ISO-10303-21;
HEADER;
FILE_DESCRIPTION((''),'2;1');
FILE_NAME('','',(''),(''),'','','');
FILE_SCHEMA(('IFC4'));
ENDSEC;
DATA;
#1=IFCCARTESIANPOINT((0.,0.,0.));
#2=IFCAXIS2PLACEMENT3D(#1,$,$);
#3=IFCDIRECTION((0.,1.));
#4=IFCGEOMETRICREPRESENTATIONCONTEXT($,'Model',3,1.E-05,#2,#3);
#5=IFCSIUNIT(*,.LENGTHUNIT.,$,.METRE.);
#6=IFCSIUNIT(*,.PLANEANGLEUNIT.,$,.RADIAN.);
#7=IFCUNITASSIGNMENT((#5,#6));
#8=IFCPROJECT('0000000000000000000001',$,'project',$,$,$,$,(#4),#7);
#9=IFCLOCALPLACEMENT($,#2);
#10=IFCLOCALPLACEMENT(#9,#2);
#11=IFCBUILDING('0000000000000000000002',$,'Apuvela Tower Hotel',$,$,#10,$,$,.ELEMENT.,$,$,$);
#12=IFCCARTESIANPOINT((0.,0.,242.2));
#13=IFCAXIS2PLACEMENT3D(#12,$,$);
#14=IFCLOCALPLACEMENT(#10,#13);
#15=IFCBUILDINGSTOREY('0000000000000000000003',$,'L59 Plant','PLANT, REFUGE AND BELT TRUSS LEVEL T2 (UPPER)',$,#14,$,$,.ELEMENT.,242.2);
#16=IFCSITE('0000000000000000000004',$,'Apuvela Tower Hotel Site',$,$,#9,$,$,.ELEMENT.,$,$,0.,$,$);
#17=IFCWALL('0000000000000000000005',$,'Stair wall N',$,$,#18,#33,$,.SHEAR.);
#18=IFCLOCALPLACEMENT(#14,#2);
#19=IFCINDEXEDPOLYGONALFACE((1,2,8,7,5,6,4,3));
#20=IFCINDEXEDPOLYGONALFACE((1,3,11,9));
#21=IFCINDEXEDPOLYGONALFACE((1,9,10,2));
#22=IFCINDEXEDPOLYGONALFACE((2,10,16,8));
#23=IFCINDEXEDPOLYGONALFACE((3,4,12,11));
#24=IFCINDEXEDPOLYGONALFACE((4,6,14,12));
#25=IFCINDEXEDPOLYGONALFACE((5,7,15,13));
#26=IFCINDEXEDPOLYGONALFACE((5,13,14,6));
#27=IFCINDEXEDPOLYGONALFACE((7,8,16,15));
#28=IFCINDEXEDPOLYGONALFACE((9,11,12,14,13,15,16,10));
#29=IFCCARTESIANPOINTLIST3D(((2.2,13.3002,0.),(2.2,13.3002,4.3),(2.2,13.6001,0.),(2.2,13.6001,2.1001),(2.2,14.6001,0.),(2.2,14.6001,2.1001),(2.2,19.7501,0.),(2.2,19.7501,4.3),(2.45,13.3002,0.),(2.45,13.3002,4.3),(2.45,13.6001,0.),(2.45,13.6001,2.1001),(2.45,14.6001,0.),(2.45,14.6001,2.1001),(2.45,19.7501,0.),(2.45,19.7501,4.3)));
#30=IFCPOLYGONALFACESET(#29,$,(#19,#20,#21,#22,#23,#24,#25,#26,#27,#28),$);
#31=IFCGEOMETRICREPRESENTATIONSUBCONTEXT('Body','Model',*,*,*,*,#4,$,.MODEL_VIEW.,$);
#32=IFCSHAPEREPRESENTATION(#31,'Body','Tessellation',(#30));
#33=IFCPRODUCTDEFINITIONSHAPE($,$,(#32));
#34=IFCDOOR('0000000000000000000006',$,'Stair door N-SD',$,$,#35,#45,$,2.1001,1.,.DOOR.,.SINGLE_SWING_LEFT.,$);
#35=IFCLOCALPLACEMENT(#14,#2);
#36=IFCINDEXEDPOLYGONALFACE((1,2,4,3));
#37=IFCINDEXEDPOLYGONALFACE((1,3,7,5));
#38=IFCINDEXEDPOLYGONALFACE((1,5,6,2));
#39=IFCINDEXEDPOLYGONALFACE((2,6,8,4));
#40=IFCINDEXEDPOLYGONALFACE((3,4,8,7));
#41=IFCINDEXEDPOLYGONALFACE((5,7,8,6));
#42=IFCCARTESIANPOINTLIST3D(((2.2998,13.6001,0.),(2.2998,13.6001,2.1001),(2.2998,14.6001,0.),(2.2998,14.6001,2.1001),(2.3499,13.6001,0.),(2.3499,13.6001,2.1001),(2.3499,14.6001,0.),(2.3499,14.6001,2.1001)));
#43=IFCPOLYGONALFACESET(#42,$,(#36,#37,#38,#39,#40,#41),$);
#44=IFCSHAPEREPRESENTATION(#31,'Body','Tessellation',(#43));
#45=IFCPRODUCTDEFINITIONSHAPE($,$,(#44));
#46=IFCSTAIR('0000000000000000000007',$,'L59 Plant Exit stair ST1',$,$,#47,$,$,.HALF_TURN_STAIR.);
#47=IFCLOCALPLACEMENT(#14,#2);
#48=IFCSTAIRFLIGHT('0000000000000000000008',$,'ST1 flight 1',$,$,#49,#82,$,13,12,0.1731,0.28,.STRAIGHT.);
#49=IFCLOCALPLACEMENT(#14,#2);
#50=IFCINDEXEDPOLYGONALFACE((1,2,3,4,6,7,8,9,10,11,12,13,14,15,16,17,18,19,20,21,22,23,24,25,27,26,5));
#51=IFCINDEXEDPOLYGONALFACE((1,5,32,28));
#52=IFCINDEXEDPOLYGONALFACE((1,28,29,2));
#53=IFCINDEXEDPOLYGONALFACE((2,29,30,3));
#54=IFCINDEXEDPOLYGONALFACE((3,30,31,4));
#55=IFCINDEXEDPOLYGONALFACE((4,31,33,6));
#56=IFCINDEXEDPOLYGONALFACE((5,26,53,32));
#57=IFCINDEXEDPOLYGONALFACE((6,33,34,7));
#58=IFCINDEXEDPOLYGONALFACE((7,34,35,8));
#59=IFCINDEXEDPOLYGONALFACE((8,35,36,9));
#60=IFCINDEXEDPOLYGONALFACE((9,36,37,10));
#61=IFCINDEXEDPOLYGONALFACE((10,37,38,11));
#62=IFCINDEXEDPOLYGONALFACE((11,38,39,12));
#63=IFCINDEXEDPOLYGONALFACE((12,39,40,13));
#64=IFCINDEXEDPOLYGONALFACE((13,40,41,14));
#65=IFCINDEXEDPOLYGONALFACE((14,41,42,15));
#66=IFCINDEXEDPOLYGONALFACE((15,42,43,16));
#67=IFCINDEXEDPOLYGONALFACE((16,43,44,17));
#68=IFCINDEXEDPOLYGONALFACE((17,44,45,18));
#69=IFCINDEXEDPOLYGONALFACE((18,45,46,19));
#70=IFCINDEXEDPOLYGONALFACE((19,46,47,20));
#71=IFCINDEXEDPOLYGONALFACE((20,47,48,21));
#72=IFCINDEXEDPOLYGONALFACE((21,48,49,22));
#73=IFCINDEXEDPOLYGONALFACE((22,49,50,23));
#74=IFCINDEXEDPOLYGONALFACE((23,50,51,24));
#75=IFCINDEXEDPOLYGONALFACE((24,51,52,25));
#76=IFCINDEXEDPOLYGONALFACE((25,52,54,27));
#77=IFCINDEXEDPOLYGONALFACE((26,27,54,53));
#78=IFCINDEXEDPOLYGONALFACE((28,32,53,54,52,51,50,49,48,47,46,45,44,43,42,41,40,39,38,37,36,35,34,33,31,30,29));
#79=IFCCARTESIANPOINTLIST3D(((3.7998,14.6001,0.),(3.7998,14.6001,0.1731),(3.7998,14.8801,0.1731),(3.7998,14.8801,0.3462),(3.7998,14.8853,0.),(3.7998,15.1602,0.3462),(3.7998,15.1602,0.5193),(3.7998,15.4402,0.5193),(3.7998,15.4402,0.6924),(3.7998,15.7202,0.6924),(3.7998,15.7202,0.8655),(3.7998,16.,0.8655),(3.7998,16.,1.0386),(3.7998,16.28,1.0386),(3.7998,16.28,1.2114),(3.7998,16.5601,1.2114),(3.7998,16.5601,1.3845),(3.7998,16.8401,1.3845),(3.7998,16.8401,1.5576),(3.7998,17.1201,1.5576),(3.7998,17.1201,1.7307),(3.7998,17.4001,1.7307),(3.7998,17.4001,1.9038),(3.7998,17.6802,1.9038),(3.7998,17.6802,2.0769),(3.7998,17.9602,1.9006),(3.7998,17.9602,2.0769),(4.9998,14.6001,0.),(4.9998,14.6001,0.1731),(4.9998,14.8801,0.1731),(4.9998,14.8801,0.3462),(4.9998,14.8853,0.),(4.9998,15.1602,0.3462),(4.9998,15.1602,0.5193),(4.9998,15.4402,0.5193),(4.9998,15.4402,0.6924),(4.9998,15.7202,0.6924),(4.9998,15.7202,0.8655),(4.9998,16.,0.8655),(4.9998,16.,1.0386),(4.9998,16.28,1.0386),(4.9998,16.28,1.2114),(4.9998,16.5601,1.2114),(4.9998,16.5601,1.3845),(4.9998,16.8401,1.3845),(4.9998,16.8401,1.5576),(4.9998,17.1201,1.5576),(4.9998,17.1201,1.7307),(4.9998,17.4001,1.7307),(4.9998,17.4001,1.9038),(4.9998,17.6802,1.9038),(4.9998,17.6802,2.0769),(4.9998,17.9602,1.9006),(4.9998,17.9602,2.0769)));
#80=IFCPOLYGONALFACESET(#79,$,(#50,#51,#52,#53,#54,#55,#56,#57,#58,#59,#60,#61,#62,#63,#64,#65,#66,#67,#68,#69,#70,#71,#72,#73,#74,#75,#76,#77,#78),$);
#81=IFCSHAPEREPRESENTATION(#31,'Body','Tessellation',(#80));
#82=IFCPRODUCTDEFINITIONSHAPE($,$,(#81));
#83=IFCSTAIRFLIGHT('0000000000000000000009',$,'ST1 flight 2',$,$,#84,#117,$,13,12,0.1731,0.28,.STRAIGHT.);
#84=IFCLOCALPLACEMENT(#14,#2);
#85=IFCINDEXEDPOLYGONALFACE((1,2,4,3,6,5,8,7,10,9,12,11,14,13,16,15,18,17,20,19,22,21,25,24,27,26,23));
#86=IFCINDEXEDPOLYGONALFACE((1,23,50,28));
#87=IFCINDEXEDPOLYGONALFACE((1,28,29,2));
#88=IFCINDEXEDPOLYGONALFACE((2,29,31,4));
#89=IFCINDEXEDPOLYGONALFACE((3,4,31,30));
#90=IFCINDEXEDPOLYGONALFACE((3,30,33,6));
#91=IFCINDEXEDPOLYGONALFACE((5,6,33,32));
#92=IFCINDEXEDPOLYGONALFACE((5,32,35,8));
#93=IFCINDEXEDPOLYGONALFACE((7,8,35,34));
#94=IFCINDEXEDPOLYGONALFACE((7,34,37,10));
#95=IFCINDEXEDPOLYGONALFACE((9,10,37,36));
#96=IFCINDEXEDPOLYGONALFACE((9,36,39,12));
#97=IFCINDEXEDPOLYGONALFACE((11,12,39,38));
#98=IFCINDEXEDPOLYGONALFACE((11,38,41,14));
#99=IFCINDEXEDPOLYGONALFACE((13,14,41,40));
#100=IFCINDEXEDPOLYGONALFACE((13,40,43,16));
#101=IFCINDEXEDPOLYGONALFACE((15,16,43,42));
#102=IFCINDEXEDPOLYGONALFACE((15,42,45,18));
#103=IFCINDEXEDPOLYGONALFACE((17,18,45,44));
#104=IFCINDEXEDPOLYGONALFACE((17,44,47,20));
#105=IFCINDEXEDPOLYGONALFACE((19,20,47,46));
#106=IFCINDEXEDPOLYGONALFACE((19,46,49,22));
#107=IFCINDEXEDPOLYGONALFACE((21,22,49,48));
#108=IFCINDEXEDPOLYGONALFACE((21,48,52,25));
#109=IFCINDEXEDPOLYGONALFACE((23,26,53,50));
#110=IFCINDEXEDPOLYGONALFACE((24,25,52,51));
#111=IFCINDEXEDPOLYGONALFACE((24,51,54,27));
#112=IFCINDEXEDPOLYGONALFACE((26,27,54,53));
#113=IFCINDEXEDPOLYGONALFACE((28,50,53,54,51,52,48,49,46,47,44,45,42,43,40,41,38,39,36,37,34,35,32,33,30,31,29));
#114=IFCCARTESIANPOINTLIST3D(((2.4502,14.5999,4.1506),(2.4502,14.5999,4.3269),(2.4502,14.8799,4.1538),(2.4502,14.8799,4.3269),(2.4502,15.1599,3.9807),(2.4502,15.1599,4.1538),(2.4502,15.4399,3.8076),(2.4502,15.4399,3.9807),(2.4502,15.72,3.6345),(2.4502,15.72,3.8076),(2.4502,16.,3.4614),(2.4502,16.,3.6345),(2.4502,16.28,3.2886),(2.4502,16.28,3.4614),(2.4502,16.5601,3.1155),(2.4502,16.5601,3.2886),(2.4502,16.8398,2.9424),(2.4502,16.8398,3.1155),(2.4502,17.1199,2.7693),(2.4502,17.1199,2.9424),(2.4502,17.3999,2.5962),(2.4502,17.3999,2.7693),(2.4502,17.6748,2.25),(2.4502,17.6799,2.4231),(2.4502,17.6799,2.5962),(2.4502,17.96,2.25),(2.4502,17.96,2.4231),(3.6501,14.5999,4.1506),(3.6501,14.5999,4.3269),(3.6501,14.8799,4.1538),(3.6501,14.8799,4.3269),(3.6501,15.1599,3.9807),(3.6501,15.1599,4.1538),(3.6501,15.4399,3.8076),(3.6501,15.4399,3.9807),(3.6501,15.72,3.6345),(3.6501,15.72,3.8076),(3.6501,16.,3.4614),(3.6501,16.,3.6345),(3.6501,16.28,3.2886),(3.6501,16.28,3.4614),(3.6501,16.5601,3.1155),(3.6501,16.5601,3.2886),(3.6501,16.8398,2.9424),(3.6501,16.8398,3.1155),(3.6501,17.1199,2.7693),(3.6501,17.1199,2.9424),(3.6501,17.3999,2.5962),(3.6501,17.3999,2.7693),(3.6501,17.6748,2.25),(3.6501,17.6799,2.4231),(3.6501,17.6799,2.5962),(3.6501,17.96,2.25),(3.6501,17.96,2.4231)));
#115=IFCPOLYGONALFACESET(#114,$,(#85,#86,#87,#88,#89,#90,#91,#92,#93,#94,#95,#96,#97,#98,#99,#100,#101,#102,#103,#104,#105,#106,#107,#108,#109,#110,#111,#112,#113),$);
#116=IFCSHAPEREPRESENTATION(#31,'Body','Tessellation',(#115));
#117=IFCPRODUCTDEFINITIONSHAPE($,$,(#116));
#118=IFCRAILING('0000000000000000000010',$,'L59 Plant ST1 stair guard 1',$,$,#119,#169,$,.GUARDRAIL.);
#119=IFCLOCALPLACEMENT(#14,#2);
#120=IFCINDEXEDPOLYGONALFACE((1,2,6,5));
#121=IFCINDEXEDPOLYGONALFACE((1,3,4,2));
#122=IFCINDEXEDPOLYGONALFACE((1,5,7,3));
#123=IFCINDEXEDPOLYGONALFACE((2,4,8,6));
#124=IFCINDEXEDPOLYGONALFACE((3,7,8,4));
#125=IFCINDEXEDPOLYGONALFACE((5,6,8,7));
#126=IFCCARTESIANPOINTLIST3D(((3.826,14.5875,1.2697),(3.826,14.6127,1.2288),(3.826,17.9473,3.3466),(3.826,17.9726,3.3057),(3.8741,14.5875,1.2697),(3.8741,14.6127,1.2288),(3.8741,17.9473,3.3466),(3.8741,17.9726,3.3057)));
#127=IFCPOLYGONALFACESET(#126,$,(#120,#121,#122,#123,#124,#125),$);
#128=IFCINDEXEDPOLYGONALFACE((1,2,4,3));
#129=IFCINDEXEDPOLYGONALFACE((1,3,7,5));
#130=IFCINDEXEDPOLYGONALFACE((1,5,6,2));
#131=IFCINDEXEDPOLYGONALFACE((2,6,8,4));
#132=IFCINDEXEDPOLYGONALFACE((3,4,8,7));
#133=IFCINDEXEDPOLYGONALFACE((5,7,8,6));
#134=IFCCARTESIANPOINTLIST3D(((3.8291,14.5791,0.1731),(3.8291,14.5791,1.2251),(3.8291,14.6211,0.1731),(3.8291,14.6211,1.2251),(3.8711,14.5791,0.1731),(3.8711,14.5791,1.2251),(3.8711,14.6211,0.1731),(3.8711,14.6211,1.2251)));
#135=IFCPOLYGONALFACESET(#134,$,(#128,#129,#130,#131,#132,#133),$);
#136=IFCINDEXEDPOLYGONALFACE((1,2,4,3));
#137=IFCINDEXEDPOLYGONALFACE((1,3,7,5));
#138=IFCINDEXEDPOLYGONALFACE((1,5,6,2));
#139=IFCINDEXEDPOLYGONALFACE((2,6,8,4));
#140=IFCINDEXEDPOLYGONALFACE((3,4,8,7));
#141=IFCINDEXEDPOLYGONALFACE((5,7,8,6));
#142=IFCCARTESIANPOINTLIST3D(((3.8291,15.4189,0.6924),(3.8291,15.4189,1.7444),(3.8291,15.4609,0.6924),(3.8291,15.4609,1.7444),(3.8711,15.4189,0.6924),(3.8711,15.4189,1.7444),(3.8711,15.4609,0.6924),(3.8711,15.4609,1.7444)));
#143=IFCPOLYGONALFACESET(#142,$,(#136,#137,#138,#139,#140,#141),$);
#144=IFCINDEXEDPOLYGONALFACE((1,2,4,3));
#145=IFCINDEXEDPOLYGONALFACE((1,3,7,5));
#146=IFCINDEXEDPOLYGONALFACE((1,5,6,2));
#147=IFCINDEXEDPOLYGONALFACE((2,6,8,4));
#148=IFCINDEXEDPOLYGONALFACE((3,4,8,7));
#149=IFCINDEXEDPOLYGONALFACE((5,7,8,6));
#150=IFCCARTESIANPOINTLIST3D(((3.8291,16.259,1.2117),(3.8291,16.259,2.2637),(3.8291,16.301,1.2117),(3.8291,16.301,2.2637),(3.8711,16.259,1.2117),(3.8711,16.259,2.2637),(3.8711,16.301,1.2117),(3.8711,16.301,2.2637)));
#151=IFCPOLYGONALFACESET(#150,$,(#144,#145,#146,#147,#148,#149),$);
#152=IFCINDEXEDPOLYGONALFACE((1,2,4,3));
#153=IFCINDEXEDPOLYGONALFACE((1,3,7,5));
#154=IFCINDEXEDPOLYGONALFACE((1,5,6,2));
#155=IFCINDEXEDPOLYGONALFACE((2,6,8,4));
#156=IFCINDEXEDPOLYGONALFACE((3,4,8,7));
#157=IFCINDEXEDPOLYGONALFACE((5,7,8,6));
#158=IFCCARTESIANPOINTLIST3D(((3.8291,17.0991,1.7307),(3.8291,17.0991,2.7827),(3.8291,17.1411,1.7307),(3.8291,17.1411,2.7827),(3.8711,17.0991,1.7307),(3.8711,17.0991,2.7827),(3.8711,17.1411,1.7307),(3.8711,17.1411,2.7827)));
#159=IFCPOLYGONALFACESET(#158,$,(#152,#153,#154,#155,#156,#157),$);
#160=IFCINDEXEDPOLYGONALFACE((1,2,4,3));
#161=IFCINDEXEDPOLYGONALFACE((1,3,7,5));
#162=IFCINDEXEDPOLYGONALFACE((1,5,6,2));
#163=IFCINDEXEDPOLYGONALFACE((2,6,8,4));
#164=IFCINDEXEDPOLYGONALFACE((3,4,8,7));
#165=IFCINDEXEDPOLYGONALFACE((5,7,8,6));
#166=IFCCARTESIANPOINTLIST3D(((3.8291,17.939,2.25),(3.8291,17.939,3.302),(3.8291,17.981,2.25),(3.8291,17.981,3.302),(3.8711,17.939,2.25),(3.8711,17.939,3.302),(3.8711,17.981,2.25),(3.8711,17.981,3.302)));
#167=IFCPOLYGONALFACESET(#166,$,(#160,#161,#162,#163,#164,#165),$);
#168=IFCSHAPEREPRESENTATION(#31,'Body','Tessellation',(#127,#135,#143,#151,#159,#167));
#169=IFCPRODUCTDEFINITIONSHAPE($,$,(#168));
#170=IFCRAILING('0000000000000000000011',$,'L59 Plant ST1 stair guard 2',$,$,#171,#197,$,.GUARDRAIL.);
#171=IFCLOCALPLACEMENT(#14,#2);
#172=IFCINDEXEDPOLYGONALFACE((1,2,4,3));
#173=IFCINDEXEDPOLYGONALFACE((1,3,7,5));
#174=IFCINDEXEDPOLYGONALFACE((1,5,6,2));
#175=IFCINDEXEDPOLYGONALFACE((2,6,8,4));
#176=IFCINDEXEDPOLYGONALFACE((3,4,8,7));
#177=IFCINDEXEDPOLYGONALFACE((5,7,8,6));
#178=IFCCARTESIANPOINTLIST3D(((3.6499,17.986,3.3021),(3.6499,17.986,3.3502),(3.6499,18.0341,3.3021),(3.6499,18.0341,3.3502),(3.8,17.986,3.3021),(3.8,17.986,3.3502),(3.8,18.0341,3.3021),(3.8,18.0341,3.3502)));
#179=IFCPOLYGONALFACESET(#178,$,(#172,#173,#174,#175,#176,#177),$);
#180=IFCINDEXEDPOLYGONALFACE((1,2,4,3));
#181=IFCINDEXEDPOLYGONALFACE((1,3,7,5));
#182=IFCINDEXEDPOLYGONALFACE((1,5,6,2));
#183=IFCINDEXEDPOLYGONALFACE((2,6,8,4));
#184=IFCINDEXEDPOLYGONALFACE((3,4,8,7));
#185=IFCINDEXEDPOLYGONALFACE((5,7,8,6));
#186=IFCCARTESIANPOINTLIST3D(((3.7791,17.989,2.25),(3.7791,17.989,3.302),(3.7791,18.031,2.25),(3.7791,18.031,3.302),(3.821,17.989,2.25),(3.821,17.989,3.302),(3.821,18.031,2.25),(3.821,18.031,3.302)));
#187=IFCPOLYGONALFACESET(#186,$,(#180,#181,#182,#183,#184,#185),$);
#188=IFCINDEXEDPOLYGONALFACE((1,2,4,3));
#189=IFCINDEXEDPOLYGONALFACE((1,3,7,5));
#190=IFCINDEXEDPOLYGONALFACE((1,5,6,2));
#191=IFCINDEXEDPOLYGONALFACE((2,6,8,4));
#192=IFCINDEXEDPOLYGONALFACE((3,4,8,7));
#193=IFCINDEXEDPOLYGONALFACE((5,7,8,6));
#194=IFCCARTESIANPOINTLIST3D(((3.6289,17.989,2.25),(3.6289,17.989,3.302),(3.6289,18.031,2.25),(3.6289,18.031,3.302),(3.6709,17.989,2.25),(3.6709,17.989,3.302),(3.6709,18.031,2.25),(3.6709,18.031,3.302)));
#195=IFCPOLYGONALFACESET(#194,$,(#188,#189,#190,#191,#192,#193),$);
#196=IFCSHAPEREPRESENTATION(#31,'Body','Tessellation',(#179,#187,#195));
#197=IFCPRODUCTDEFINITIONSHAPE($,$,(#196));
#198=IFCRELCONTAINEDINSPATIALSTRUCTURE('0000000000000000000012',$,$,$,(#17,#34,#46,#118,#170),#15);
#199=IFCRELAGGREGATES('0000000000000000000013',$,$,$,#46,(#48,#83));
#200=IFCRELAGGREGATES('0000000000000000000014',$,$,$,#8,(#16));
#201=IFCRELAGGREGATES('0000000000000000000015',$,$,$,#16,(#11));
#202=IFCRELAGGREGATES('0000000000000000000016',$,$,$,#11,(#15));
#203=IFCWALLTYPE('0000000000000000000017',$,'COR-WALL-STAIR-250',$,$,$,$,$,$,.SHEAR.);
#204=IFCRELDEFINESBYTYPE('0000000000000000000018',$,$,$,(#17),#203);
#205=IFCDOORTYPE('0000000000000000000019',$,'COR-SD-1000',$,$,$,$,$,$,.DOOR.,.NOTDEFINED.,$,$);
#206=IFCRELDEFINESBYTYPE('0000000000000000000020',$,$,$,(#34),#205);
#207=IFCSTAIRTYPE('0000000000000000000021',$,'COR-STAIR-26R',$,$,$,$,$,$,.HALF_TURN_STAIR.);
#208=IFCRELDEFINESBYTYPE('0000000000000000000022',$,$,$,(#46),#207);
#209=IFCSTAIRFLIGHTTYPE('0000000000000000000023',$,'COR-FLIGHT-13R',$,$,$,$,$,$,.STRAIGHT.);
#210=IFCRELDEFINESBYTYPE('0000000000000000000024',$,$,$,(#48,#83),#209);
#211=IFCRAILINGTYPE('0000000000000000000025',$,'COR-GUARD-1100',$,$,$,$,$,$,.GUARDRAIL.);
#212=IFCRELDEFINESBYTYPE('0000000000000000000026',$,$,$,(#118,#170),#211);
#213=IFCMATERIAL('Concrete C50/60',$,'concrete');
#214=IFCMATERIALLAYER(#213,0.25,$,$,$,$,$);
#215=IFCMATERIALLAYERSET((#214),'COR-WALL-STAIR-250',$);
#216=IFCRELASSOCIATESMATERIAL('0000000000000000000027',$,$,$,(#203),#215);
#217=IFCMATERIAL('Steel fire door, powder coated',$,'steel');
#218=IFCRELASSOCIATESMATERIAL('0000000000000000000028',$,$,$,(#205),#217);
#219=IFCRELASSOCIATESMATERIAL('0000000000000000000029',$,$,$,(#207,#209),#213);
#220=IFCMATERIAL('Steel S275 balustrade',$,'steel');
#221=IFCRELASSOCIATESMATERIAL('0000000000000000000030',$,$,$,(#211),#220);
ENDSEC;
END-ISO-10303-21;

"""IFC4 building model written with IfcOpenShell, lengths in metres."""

from ifc_helpers import new_model, si_unit, direction, frame, frame_2d, origin, origin_2d, place, context, subcontext, project, spatial, polyline, rectangle, outline, extrude, material, layer, layer_set, type_object, element, fill, aggregate, save


model = new_model("IFC4")

# Units and contexts
model_context = context("Model", 3, precision=1e-05, world=origin(), true_north=direction((0.0, 1.0)))
body_context = subcontext(model_context, "Body", "Model", "MODEL_VIEW")
ifc_project = project(units=[si_unit("LENGTHUNIT", "METRE"), si_unit("PLANEANGLEUNIT", "RADIAN")], contexts=[model_context])

# Site, building, storey
site_placement = place(None, origin())
site = spatial("IfcSite", under=ifc_project, at=site_placement, Name="Apuvela Tower Hotel Site", CompositionType="ELEMENT", RefElevation=0.0)
building_placement = place(site_placement, origin())
building = spatial("IfcBuilding", under=site, at=building_placement, Name="Apuvela Tower Hotel", CompositionType="ELEMENT")
storey_placement = place(building_placement, frame((0.0, 0.0, 242.2)))
storey = spatial("IfcBuildingStorey", under=building, at=storey_placement, Name="L59 Plant", Description="PLANT, REFUGE AND BELT TRUSS LEVEL T2 (UPPER)", CompositionType="ELEMENT", Elevation=242.2)

# Shared definitions
ifc_material_1 = material(Name="Concrete C50/60", Category="concrete")

# Wall, opening, door
ifc_layer_1 = layer(ifc_material_1, 0.25)
ifc_layer_set_1 = layer_set([ifc_layer_1], Name="COR-WALL-STAIR-250")
wall_type_1 = type_object("IfcWallType", Name="COR-WALL-STAIR-250", PredefinedType="SHEAR", material=ifc_layer_set_1)
wall_1_placement = place(storey_placement, frame((2.325, 13.3, 0.0), z_axis=(0.0, 0.0, 1.0), x_axis=(0.0, 1.0, 0.0)))
wall_1 = element("IfcWall", 1, at=wall_1_placement, inside=storey, type_object=wall_type_1, Name="Stair wall N", PredefinedType="SHEAR", context=body_context, shape_type="SweptSolid", body=[
    extrude(rectangle(XDim=6.45, YDim=0.25, at=frame_2d((3.2251, 0.0))), origin(), (0.0, 0.0, 1.0), 4.3),
])
opening_1_placement = place(wall_1_placement, frame((0.3, 0.0, 0.0)))
opening_1 = element("IfcOpeningElement", 2, at=opening_1_placement, cuts=wall_1, PredefinedType="OPENING", context=body_context, shape_type="SweptSolid", body=[
    extrude(rectangle(XDim=1.0, YDim=2.1001, at=frame_2d((0.5, 1.05))), frame((0.0, 0.135, 0.0), z_axis=(0.0, -1.0, 0.0), x_axis=(1.0, 0.0, 0.0)), (0.0, 0.0, 1.0), 0.27),
])
ifc_material_2 = material(Name="Steel fire door, powder coated", Category="steel")
door_type_1 = type_object("IfcDoorType", Name="COR-SD-1000", OperationType="NOTDEFINED", PredefinedType="DOOR", material=ifc_material_2)
door_1_placement = place(opening_1_placement, frame((1.0, 0.0, 0.0), z_axis=(0.0, 0.0, 1.0), x_axis=(-1.0, 0.0, 0.0)))
door_1 = element("IfcDoor", 3, at=door_1_placement, inside=storey, type_object=door_type_1, Name="Stair door N-SD", OperationType="SINGLE_SWING_LEFT", OverallHeight=2.1001, OverallWidth=1.0, PredefinedType="DOOR", context=body_context, shape_type="SweptSolid", body=[
    extrude(rectangle(XDim=1.0, YDim=2.1001, at=frame_2d((0.5, 1.05))), frame((0.0, 0.0249, 0.0), z_axis=(0.0, -1.0, 0.0), x_axis=(1.0, 0.0, 0.0)), (0.0, 0.0, 1.0), 0.05),
])
fill(opening_1, door_1)

# Stair, stair flights
stair_type = type_object("IfcStairType", Name="COR-STAIR-26R", PredefinedType="HALF_TURN_STAIR", material=ifc_material_1)
stair_placement = place(storey_placement, origin())
stair = element("IfcStair", 4, at=stair_placement, inside=storey, type_object=stair_type, Name="L59 Plant Exit stair ST1", PredefinedType="HALF_TURN_STAIR")
stair_flight_type = type_object("IfcStairFlightType", Name="COR-FLIGHT-13R", PredefinedType="STRAIGHT", material=ifc_material_1)
stair_flight_1_placement = place(storey_placement, frame((4.3999, 14.6001, 0.0), z_axis=(0.0, 0.0, 1.0), x_axis=(0.0, 1.0, 0.0)))
stair_flight_1 = element("IfcStairFlight", 5, at=stair_flight_1_placement, type_object=stair_flight_type, Name="ST1 flight 1", NumberOfRisers=13, NumberOfTreads=12, PredefinedType="STRAIGHT", RiserHeight=0.1731, TreadLength=0.28, context=body_context, shape_type="SweptSolid", body=[
    extrude(outline(polyline([(0.0, 0.0), (0.0, 0.1731), (0.28, 0.1731), (0.28, 0.3462), (0.5601, 0.3462), (0.5601, 0.5193), (0.8401, 0.5193), (0.8401, 0.6924), (1.1201, 0.6924), (1.1201, 0.8655), (1.3999, 0.8655), (1.3999, 1.0386), (1.6799, 1.0386), (1.6799, 1.2114), (1.96, 1.2114), (1.96, 1.3845), (2.24, 1.3845), (2.24, 1.5576), (2.52, 1.5576), (2.52, 1.7307), (2.8, 1.7307), (2.8, 1.9038), (3.0801, 1.9038), (3.0801, 2.0769), (3.3601, 2.0769), (3.3601, 2.25), (3.3601, 1.9006), (0.2852, 0.0), (0.0, 0.0)])), frame((0.0, 0.6001, 0.0), z_axis=(0.0, -1.0, 0.0), x_axis=(1.0, 0.0, 0.0)), (0.0, 0.0, 1.0), 1.2),
])
stair_flight_2_placement = place(storey_placement, frame((3.05, 17.96, 2.25), z_axis=(0.0, 0.0, 1.0), x_axis=(0.0, -1.0, 0.0)))
stair_flight_2 = element("IfcStairFlight", 6, at=stair_flight_2_placement, type_object=stair_flight_type, Name="ST1 flight 2", NumberOfRisers=13, NumberOfTreads=12, PredefinedType="STRAIGHT", RiserHeight=0.1731, TreadLength=0.28, context=body_context, shape_type="SweptSolid", body=[
    extrude(outline(polyline([(0.0, 0.0), (0.0, 0.1731), (0.28, 0.1731), (0.28, 0.3462), (0.5601, 0.3462), (0.5601, 0.5193), (0.8401, 0.5193), (0.8401, 0.6924), (1.1201, 0.6924), (1.1201, 0.8655), (1.3999, 0.8655), (1.3999, 1.0386), (1.6799, 1.0386), (1.6799, 1.2114), (1.96, 1.2114), (1.96, 1.3845), (2.24, 1.3845), (2.24, 1.5576), (2.52, 1.5576), (2.52, 1.7307), (2.8, 1.7307), (2.8, 1.9038), (3.0801, 1.9038), (3.0801, 2.0769), (3.3601, 2.0769), (3.3601, 2.25), (3.3601, 1.9006), (0.2852, 0.0), (0.0, 0.0)])), frame((0.0, 0.6001, 0.0), z_axis=(0.0, -1.0, 0.0), x_axis=(1.0, 0.0, 0.0)), (0.0, 0.0, 1.0), 1.2),
])
aggregate(stair, [stair_flight_1, stair_flight_2])

# Railings
ifc_material_3 = material(Name="Steel S275 balustrade", Category="steel")
railing_type_1 = type_object("IfcRailingType", Name="COR-GUARD-1100", PredefinedType="GUARDRAIL", material=ifc_material_3)
railing_1_placement = place(storey_placement, frame((3.8501, 14.6001, 0.1731)))
element("IfcRailing", 7, at=railing_1_placement, inside=storey, type_object=railing_type_1, Name="L59 Plant ST1 stair guard 1", PredefinedType="GUARDRAIL", context=body_context, shape_type="SweptSolid", body=[
    extrude(rectangle(XDim=0.0481, YDim=0.0481, at=origin_2d()), frame((0.0, 0.0, 1.0762), z_axis=(0.0, 0.850606, 0.525803), x_axis=(-1.0, 0.0, 0.0)), (0.0, 0.0, 1.0), 3.95),
    extrude(rectangle(XDim=0.042, YDim=0.042, at=origin_2d()), origin(), (0.0, 0.0, 1.0), 1.052),
    extrude(rectangle(XDim=0.042, YDim=0.042, at=origin_2d()), frame((0.0, 0.8398, 0.5193)), (0.0, 0.0, 1.0), 1.052),
    extrude(rectangle(XDim=0.042, YDim=0.042, at=origin_2d()), frame((0.0, 1.6799, 1.0386)), (0.0, 0.0, 1.0), 1.052),
    extrude(rectangle(XDim=0.042, YDim=0.042, at=origin_2d()), frame((0.0, 2.52, 1.5576)), (0.0, 0.0, 1.0), 1.052),
    extrude(rectangle(XDim=0.042, YDim=0.042, at=origin_2d()), frame((0.0, 3.3599, 2.0769)), (0.0, 0.0, 1.0), 1.052),
])
railing_2_placement = place(storey_placement, frame((3.8, 18.01, 2.25)))
element("IfcRailing", 8, at=railing_2_placement, inside=storey, type_object=railing_type_1, Name="L59 Plant ST1 stair guard 2", PredefinedType="GUARDRAIL", context=body_context, shape_type="SweptSolid", body=[
    extrude(rectangle(XDim=0.0481, YDim=0.0481, at=origin_2d()), frame((0.0, 0.0, 1.0762), z_axis=(-1.0, 0.0, 0.0), x_axis=(0.0, -1.0, 0.0)), (0.0, 0.0, 1.0), 0.1501),
    extrude(rectangle(XDim=0.042, YDim=0.042, at=origin_2d()), origin(), (0.0, 0.0, 1.0), 1.052),
    extrude(rectangle(XDim=0.042, YDim=0.042, at=origin_2d()), frame((-0.1501, 0.0, 0.0)), (0.0, 0.0, 1.0), 1.052),
])

save(model, "model.ifc")
